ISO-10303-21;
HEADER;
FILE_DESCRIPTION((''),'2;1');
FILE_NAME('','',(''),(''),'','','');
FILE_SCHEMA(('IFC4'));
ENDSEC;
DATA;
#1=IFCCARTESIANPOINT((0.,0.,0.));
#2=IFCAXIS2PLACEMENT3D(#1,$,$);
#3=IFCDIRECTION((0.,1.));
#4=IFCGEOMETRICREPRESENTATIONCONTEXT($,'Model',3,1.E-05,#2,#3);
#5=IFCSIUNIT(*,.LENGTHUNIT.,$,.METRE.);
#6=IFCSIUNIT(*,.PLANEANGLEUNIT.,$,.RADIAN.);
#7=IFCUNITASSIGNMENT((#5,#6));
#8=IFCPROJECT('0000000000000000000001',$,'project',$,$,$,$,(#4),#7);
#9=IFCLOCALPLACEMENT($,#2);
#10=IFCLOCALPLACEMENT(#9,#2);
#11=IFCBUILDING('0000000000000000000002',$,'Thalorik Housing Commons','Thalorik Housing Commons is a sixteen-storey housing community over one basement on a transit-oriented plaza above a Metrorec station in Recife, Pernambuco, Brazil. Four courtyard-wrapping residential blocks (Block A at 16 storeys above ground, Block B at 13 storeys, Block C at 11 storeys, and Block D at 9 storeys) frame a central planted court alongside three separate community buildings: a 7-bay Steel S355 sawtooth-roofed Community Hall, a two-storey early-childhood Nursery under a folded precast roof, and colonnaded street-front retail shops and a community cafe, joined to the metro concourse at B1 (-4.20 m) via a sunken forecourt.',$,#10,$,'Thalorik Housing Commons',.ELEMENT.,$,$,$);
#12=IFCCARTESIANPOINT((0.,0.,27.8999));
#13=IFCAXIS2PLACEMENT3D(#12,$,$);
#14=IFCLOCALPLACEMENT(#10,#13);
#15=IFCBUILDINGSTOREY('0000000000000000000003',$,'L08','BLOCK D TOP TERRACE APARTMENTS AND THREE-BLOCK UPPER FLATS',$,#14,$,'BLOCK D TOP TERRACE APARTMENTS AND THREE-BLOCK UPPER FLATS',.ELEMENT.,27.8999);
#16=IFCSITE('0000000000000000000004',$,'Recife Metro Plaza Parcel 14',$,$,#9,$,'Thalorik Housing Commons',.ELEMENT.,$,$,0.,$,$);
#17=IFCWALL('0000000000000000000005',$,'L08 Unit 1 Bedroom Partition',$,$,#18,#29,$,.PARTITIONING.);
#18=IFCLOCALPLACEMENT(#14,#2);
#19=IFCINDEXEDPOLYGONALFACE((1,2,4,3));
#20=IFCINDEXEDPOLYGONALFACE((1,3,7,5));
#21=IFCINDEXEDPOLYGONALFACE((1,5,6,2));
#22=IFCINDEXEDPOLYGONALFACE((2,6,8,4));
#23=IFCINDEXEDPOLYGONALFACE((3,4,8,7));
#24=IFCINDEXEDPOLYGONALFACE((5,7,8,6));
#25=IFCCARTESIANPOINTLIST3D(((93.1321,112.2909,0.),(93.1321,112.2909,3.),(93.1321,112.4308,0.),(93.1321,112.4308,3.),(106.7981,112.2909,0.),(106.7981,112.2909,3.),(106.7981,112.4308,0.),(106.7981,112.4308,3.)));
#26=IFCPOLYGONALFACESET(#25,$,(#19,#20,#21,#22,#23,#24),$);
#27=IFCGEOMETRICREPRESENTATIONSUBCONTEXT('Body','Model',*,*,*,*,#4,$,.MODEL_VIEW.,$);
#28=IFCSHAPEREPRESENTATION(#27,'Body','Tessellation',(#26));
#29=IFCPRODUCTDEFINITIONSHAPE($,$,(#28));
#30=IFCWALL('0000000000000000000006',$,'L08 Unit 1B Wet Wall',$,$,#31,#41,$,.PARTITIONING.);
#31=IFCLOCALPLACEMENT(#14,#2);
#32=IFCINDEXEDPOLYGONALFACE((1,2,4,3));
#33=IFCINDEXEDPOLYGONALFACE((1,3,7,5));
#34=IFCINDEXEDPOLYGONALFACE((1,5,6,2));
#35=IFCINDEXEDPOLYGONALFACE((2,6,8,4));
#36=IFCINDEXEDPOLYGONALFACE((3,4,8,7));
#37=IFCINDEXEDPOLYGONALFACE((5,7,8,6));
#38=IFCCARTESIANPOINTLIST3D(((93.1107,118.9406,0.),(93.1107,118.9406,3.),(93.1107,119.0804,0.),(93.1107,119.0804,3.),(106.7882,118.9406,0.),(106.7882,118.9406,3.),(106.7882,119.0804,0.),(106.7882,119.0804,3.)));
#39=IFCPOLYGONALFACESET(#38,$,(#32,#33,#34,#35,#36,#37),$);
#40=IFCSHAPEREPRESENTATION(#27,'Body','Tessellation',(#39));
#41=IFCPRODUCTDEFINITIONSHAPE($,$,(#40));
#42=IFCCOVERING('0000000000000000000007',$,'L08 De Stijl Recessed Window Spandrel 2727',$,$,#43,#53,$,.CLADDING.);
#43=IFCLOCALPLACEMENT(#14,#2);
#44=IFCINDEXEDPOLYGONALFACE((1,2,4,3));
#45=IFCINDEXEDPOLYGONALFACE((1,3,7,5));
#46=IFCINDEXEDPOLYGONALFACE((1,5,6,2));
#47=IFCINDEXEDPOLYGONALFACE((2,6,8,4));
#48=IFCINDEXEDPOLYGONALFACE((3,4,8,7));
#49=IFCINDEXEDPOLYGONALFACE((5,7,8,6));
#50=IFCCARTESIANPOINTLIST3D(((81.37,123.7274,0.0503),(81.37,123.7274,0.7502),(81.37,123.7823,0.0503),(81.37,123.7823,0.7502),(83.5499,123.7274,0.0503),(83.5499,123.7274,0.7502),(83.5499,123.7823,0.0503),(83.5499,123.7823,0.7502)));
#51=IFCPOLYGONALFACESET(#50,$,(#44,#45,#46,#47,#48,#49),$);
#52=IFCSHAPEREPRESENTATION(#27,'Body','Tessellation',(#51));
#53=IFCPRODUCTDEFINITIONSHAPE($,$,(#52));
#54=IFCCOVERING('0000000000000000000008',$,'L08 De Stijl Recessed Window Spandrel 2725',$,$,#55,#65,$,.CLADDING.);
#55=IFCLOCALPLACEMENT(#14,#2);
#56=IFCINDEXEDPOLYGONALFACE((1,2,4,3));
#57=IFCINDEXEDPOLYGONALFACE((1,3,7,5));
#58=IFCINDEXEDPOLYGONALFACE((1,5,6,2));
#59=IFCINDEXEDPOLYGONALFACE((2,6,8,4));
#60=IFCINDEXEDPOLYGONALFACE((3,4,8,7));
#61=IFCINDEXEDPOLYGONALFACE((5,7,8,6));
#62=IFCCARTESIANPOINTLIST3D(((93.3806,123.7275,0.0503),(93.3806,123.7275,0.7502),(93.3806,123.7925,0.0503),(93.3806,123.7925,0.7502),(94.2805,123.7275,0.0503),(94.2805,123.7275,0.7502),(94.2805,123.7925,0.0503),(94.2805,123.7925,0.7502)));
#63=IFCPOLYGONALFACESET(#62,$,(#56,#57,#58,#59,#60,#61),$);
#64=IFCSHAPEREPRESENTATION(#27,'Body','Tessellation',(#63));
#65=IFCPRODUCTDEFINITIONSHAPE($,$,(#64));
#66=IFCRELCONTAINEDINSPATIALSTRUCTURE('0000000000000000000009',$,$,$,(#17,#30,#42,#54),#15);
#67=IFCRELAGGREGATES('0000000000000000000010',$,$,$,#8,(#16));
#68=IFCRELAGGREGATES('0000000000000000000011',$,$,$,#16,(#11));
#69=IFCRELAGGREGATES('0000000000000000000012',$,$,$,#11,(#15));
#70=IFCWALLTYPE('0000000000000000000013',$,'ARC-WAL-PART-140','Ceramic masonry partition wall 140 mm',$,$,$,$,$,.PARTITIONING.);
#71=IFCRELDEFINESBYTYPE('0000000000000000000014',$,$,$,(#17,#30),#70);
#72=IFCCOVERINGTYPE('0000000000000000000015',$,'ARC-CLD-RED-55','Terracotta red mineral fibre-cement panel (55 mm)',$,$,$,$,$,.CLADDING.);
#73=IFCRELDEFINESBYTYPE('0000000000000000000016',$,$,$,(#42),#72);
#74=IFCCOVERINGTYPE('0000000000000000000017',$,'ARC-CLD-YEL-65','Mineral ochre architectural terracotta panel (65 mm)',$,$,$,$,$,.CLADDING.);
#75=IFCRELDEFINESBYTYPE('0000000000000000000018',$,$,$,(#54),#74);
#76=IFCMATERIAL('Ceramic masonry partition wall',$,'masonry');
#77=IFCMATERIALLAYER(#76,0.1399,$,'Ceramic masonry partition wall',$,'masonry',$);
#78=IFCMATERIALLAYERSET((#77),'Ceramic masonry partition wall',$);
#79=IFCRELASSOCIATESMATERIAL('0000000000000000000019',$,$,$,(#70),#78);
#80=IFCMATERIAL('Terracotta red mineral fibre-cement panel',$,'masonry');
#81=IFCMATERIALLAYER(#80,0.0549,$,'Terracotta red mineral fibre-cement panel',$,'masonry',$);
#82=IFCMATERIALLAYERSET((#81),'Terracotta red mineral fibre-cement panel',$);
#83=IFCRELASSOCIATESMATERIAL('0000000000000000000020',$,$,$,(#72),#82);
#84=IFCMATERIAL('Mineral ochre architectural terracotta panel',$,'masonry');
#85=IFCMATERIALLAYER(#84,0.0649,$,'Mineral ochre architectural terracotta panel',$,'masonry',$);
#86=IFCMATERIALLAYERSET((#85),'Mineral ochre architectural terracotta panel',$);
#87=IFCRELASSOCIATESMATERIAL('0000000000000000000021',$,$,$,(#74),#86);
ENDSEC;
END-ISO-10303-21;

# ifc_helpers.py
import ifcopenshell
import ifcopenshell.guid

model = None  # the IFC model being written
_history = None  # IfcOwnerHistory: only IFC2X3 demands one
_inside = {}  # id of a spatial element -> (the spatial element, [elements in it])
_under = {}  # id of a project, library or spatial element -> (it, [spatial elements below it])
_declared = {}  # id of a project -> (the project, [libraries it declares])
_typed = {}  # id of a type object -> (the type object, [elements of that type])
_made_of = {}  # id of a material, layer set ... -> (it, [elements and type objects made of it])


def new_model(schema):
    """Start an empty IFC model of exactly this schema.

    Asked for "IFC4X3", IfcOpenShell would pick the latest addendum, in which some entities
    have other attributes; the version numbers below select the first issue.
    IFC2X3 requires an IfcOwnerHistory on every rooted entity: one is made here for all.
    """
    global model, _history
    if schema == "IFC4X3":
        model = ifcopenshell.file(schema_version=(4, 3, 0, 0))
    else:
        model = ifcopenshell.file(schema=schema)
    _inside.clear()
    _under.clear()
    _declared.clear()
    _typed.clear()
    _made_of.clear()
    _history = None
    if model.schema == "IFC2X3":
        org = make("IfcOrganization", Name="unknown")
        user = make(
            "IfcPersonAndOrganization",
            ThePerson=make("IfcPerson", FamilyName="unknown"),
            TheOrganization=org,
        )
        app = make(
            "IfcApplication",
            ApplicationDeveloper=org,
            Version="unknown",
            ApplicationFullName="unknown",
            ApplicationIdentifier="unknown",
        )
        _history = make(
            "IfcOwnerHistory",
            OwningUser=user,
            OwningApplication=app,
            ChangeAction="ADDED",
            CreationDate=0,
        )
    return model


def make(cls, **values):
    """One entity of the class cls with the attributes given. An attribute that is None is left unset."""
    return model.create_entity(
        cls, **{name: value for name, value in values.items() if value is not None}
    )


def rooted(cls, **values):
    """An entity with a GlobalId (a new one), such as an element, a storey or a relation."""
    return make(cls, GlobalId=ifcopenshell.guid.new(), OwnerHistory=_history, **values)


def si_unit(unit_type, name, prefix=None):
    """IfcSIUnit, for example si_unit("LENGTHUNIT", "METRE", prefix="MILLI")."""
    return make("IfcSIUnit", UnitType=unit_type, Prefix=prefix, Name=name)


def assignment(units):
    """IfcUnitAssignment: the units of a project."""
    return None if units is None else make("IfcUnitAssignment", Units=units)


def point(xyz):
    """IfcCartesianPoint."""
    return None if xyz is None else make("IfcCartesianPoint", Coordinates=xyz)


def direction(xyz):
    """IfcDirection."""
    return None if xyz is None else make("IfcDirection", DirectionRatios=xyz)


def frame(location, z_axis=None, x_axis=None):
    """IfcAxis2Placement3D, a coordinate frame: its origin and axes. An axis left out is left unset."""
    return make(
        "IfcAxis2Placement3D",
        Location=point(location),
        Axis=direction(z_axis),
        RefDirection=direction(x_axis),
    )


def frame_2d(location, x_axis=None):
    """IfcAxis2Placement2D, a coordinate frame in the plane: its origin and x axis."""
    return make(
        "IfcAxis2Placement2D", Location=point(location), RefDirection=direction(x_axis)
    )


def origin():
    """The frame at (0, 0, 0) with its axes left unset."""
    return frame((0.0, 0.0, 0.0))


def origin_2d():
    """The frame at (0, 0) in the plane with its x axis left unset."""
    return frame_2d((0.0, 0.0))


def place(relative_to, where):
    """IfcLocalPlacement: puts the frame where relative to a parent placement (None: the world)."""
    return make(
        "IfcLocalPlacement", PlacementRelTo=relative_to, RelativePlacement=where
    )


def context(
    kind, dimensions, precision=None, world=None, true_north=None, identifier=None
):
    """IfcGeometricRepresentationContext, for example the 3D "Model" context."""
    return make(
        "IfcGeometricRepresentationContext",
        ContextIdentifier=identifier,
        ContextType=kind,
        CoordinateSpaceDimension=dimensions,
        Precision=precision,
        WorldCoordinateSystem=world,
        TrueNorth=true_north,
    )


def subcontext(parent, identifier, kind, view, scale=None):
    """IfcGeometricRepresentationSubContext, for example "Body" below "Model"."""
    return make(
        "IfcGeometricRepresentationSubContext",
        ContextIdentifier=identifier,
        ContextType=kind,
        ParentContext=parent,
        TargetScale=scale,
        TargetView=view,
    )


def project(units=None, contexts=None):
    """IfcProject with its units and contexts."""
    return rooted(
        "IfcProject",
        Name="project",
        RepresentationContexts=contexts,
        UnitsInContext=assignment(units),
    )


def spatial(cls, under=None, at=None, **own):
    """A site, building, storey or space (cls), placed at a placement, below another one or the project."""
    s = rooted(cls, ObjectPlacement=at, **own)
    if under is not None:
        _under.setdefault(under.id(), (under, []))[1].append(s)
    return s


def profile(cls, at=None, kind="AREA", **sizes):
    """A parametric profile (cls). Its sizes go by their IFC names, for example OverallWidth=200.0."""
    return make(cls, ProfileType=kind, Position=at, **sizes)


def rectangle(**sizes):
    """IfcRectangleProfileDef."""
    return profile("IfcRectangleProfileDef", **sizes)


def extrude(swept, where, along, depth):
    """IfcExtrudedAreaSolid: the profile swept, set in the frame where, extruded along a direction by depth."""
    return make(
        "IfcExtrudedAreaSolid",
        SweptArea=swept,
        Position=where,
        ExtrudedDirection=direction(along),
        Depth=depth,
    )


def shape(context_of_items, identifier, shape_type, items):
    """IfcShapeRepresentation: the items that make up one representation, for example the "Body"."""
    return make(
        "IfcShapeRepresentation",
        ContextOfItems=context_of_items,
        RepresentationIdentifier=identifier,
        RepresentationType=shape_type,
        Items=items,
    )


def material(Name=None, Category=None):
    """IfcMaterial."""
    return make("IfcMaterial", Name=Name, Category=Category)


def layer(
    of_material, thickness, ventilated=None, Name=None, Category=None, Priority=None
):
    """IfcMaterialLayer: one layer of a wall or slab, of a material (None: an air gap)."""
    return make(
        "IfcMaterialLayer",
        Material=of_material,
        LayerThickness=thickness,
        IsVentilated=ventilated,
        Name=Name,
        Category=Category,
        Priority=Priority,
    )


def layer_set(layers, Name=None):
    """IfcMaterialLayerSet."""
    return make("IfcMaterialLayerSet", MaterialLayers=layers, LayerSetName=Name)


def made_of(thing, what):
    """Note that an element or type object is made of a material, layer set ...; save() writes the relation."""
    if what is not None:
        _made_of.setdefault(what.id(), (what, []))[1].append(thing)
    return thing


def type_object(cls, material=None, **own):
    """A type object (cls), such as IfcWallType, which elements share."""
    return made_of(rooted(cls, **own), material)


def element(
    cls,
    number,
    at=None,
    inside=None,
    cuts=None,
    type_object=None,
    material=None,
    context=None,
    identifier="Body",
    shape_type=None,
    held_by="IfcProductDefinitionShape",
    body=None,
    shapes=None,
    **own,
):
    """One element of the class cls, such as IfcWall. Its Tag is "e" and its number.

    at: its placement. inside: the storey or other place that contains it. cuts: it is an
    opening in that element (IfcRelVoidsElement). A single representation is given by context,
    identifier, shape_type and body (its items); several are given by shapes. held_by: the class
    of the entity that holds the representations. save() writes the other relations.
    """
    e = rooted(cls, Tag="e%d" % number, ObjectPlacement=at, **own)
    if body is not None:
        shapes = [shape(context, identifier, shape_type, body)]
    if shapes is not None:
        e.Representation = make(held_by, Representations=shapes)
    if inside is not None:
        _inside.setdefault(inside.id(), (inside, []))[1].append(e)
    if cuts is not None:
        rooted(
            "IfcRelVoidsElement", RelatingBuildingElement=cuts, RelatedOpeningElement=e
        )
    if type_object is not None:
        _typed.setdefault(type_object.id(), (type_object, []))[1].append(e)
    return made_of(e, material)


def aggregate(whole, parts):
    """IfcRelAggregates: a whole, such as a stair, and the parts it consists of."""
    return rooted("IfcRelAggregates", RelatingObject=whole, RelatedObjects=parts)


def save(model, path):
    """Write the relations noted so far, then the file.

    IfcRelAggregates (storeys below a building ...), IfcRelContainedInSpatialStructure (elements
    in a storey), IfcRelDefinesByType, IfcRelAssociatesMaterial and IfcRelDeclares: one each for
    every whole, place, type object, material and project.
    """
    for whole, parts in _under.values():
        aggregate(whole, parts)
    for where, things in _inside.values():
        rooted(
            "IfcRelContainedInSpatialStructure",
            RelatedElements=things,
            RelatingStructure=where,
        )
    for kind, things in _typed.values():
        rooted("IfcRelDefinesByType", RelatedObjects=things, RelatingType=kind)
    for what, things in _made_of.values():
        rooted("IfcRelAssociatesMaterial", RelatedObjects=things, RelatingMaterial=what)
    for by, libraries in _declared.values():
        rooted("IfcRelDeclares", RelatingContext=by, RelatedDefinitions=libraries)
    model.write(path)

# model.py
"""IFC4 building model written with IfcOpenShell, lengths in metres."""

from ifc_helpers import new_model, si_unit, direction, frame, frame_2d, origin, origin_2d, place, context, subcontext, project, spatial, rectangle, extrude, material, layer, layer_set, type_object, element, save


model = new_model("IFC4")

# Units and contexts
model_context = context("Model", 3, precision=1e-05, world=origin(), true_north=direction((0.0, 1.0)))
body_context = subcontext(model_context, "Body", "Model", "MODEL_VIEW")
ifc_project = project(units=[si_unit("LENGTHUNIT", "METRE"), si_unit("PLANEANGLEUNIT", "RADIAN")], contexts=[model_context])

# Site, building, storey
site_placement = place(None, origin())
site = spatial("IfcSite", under=ifc_project, at=site_placement, Name="Recife Metro Plaza Parcel 14", LongName="Thalorik Housing Commons", CompositionType="ELEMENT", RefElevation=0.0)
building_placement = place(site_placement, origin())
building = spatial("IfcBuilding", under=site, at=building_placement, Name="Thalorik Housing Commons", Description="Thalorik Housing Commons is a sixteen-storey housing community over one basement on a transit-oriented plaza above a Metrorec station in Recife, Pernambuco, Brazil. Four courtyard-wrapping residential blocks (Block A at 16 storeys above ground, Block B at 13 storeys, Block C at 11 storeys, and Block D at 9 storeys) frame a central planted court alongside three separate community buildings: a 7-bay Steel S355 sawtooth-roofed Community Hall, a two-storey early-childhood Nursery under a folded precast roof, and colonnaded street-front retail shops and a community cafe, joined to the metro concourse at B1 (-4.20 m) via a sunken forecourt.", LongName="Thalorik Housing Commons", CompositionType="ELEMENT")
storey_placement = place(building_placement, frame((0.0, 0.0, 27.8999)))
storey = spatial("IfcBuildingStorey", under=building, at=storey_placement, Name="L08", Description="BLOCK D TOP TERRACE APARTMENTS AND THREE-BLOCK UPPER FLATS", LongName="BLOCK D TOP TERRACE APARTMENTS AND THREE-BLOCK UPPER FLATS", CompositionType="ELEMENT", Elevation=27.8999)

# Walls
ifc_material_1 = material(Name="Ceramic masonry partition wall", Category="masonry")
ifc_layer_1 = layer(ifc_material_1, 0.1399, Name="Ceramic masonry partition wall", Category="masonry")
ifc_layer_set_1 = layer_set([ifc_layer_1], Name="Ceramic masonry partition wall")
wall_type_1 = type_object("IfcWallType", Name="ARC-WAL-PART-140", Description="Ceramic masonry partition wall 140 mm", PredefinedType="PARTITIONING", material=ifc_layer_set_1)
wall_1_placement = place(storey_placement, frame((93.1321, 112.3608, 0.0), z_axis=(0.0, 0.0, 1.0), x_axis=(1.0, 0.0, 0.0)))
element("IfcWall", 1, at=wall_1_placement, inside=storey, type_object=wall_type_1, Name="L08 Unit 1 Bedroom Partition", PredefinedType="PARTITIONING", context=body_context, shape_type="SweptSolid", body=[
    extrude(rectangle(XDim=13.666, YDim=0.1399, at=frame_2d((6.833, 0.0))), origin(), (0.0, 0.0, 1.0), 3.0),
])
wall_2_placement = place(storey_placement, frame((93.1106, 119.0105, 0.0), z_axis=(0.0, 0.0, 1.0), x_axis=(1.0, 0.0, 0.0)))
element("IfcWall", 2, at=wall_2_placement, inside=storey, type_object=wall_type_1, Name="L08 Unit 1B Wet Wall", PredefinedType="PARTITIONING", context=body_context, shape_type="SweptSolid", body=[
    extrude(rectangle(XDim=13.6775, YDim=0.1399, at=frame_2d((6.8389, 0.0))), origin(), (0.0, 0.0, 1.0), 3.0),
])

# Coverings
ifc_material_2 = material(Name="Terracotta red mineral fibre-cement panel", Category="masonry")
ifc_layer_2 = layer(ifc_material_2, 0.0549, Name="Terracotta red mineral fibre-cement panel", Category="masonry")
ifc_layer_set_2 = layer_set([ifc_layer_2], Name="Terracotta red mineral fibre-cement panel")
covering_type_1 = type_object("IfcCoveringType", Name="ARC-CLD-RED-55", Description="Terracotta red mineral fibre-cement panel (55 mm)", PredefinedType="CLADDING", material=ifc_layer_set_2)
covering_1_placement = place(storey_placement, frame((82.46, 123.7549, 0.0503), z_axis=(0.0, 0.0, 1.0), x_axis=(-1.0, 0.0, 0.0)))
element("IfcCovering", 3, at=covering_1_placement, inside=storey, type_object=covering_type_1, Name="L08 De Stijl Recessed Window Spandrel 2727", PredefinedType="CLADDING", context=body_context, shape_type="SweptSolid", body=[
    extrude(rectangle(XDim=2.1799, YDim=0.0549, at=origin_2d()), origin(), (0.0, 0.0, 1.0), 0.7),
])
ifc_material_3 = material(Name="Mineral ochre architectural terracotta panel", Category="masonry")
ifc_layer_3 = layer(ifc_material_3, 0.0649, Name="Mineral ochre architectural terracotta panel", Category="masonry")
ifc_layer_set_3 = layer_set([ifc_layer_3], Name="Mineral ochre architectural terracotta panel")
covering_type_2 = type_object("IfcCoveringType", Name="ARC-CLD-YEL-65", Description="Mineral ochre architectural terracotta panel (65 mm)", PredefinedType="CLADDING", material=ifc_layer_set_3)
covering_2_placement = place(storey_placement, frame((93.8306, 123.76, 0.0503), z_axis=(0.0, 0.0, 1.0), x_axis=(-1.0, 0.0, 0.0)))
element("IfcCovering", 4, at=covering_2_placement, inside=storey, type_object=covering_type_2, Name="L08 De Stijl Recessed Window Spandrel 2725", PredefinedType="CLADDING", context=body_context, shape_type="SweptSolid", body=[
    extrude(rectangle(XDim=0.8999, YDim=0.0649, at=origin_2d()), origin(), (0.0, 0.0, 1.0), 0.7),
])

save(model, "model.ifc")
